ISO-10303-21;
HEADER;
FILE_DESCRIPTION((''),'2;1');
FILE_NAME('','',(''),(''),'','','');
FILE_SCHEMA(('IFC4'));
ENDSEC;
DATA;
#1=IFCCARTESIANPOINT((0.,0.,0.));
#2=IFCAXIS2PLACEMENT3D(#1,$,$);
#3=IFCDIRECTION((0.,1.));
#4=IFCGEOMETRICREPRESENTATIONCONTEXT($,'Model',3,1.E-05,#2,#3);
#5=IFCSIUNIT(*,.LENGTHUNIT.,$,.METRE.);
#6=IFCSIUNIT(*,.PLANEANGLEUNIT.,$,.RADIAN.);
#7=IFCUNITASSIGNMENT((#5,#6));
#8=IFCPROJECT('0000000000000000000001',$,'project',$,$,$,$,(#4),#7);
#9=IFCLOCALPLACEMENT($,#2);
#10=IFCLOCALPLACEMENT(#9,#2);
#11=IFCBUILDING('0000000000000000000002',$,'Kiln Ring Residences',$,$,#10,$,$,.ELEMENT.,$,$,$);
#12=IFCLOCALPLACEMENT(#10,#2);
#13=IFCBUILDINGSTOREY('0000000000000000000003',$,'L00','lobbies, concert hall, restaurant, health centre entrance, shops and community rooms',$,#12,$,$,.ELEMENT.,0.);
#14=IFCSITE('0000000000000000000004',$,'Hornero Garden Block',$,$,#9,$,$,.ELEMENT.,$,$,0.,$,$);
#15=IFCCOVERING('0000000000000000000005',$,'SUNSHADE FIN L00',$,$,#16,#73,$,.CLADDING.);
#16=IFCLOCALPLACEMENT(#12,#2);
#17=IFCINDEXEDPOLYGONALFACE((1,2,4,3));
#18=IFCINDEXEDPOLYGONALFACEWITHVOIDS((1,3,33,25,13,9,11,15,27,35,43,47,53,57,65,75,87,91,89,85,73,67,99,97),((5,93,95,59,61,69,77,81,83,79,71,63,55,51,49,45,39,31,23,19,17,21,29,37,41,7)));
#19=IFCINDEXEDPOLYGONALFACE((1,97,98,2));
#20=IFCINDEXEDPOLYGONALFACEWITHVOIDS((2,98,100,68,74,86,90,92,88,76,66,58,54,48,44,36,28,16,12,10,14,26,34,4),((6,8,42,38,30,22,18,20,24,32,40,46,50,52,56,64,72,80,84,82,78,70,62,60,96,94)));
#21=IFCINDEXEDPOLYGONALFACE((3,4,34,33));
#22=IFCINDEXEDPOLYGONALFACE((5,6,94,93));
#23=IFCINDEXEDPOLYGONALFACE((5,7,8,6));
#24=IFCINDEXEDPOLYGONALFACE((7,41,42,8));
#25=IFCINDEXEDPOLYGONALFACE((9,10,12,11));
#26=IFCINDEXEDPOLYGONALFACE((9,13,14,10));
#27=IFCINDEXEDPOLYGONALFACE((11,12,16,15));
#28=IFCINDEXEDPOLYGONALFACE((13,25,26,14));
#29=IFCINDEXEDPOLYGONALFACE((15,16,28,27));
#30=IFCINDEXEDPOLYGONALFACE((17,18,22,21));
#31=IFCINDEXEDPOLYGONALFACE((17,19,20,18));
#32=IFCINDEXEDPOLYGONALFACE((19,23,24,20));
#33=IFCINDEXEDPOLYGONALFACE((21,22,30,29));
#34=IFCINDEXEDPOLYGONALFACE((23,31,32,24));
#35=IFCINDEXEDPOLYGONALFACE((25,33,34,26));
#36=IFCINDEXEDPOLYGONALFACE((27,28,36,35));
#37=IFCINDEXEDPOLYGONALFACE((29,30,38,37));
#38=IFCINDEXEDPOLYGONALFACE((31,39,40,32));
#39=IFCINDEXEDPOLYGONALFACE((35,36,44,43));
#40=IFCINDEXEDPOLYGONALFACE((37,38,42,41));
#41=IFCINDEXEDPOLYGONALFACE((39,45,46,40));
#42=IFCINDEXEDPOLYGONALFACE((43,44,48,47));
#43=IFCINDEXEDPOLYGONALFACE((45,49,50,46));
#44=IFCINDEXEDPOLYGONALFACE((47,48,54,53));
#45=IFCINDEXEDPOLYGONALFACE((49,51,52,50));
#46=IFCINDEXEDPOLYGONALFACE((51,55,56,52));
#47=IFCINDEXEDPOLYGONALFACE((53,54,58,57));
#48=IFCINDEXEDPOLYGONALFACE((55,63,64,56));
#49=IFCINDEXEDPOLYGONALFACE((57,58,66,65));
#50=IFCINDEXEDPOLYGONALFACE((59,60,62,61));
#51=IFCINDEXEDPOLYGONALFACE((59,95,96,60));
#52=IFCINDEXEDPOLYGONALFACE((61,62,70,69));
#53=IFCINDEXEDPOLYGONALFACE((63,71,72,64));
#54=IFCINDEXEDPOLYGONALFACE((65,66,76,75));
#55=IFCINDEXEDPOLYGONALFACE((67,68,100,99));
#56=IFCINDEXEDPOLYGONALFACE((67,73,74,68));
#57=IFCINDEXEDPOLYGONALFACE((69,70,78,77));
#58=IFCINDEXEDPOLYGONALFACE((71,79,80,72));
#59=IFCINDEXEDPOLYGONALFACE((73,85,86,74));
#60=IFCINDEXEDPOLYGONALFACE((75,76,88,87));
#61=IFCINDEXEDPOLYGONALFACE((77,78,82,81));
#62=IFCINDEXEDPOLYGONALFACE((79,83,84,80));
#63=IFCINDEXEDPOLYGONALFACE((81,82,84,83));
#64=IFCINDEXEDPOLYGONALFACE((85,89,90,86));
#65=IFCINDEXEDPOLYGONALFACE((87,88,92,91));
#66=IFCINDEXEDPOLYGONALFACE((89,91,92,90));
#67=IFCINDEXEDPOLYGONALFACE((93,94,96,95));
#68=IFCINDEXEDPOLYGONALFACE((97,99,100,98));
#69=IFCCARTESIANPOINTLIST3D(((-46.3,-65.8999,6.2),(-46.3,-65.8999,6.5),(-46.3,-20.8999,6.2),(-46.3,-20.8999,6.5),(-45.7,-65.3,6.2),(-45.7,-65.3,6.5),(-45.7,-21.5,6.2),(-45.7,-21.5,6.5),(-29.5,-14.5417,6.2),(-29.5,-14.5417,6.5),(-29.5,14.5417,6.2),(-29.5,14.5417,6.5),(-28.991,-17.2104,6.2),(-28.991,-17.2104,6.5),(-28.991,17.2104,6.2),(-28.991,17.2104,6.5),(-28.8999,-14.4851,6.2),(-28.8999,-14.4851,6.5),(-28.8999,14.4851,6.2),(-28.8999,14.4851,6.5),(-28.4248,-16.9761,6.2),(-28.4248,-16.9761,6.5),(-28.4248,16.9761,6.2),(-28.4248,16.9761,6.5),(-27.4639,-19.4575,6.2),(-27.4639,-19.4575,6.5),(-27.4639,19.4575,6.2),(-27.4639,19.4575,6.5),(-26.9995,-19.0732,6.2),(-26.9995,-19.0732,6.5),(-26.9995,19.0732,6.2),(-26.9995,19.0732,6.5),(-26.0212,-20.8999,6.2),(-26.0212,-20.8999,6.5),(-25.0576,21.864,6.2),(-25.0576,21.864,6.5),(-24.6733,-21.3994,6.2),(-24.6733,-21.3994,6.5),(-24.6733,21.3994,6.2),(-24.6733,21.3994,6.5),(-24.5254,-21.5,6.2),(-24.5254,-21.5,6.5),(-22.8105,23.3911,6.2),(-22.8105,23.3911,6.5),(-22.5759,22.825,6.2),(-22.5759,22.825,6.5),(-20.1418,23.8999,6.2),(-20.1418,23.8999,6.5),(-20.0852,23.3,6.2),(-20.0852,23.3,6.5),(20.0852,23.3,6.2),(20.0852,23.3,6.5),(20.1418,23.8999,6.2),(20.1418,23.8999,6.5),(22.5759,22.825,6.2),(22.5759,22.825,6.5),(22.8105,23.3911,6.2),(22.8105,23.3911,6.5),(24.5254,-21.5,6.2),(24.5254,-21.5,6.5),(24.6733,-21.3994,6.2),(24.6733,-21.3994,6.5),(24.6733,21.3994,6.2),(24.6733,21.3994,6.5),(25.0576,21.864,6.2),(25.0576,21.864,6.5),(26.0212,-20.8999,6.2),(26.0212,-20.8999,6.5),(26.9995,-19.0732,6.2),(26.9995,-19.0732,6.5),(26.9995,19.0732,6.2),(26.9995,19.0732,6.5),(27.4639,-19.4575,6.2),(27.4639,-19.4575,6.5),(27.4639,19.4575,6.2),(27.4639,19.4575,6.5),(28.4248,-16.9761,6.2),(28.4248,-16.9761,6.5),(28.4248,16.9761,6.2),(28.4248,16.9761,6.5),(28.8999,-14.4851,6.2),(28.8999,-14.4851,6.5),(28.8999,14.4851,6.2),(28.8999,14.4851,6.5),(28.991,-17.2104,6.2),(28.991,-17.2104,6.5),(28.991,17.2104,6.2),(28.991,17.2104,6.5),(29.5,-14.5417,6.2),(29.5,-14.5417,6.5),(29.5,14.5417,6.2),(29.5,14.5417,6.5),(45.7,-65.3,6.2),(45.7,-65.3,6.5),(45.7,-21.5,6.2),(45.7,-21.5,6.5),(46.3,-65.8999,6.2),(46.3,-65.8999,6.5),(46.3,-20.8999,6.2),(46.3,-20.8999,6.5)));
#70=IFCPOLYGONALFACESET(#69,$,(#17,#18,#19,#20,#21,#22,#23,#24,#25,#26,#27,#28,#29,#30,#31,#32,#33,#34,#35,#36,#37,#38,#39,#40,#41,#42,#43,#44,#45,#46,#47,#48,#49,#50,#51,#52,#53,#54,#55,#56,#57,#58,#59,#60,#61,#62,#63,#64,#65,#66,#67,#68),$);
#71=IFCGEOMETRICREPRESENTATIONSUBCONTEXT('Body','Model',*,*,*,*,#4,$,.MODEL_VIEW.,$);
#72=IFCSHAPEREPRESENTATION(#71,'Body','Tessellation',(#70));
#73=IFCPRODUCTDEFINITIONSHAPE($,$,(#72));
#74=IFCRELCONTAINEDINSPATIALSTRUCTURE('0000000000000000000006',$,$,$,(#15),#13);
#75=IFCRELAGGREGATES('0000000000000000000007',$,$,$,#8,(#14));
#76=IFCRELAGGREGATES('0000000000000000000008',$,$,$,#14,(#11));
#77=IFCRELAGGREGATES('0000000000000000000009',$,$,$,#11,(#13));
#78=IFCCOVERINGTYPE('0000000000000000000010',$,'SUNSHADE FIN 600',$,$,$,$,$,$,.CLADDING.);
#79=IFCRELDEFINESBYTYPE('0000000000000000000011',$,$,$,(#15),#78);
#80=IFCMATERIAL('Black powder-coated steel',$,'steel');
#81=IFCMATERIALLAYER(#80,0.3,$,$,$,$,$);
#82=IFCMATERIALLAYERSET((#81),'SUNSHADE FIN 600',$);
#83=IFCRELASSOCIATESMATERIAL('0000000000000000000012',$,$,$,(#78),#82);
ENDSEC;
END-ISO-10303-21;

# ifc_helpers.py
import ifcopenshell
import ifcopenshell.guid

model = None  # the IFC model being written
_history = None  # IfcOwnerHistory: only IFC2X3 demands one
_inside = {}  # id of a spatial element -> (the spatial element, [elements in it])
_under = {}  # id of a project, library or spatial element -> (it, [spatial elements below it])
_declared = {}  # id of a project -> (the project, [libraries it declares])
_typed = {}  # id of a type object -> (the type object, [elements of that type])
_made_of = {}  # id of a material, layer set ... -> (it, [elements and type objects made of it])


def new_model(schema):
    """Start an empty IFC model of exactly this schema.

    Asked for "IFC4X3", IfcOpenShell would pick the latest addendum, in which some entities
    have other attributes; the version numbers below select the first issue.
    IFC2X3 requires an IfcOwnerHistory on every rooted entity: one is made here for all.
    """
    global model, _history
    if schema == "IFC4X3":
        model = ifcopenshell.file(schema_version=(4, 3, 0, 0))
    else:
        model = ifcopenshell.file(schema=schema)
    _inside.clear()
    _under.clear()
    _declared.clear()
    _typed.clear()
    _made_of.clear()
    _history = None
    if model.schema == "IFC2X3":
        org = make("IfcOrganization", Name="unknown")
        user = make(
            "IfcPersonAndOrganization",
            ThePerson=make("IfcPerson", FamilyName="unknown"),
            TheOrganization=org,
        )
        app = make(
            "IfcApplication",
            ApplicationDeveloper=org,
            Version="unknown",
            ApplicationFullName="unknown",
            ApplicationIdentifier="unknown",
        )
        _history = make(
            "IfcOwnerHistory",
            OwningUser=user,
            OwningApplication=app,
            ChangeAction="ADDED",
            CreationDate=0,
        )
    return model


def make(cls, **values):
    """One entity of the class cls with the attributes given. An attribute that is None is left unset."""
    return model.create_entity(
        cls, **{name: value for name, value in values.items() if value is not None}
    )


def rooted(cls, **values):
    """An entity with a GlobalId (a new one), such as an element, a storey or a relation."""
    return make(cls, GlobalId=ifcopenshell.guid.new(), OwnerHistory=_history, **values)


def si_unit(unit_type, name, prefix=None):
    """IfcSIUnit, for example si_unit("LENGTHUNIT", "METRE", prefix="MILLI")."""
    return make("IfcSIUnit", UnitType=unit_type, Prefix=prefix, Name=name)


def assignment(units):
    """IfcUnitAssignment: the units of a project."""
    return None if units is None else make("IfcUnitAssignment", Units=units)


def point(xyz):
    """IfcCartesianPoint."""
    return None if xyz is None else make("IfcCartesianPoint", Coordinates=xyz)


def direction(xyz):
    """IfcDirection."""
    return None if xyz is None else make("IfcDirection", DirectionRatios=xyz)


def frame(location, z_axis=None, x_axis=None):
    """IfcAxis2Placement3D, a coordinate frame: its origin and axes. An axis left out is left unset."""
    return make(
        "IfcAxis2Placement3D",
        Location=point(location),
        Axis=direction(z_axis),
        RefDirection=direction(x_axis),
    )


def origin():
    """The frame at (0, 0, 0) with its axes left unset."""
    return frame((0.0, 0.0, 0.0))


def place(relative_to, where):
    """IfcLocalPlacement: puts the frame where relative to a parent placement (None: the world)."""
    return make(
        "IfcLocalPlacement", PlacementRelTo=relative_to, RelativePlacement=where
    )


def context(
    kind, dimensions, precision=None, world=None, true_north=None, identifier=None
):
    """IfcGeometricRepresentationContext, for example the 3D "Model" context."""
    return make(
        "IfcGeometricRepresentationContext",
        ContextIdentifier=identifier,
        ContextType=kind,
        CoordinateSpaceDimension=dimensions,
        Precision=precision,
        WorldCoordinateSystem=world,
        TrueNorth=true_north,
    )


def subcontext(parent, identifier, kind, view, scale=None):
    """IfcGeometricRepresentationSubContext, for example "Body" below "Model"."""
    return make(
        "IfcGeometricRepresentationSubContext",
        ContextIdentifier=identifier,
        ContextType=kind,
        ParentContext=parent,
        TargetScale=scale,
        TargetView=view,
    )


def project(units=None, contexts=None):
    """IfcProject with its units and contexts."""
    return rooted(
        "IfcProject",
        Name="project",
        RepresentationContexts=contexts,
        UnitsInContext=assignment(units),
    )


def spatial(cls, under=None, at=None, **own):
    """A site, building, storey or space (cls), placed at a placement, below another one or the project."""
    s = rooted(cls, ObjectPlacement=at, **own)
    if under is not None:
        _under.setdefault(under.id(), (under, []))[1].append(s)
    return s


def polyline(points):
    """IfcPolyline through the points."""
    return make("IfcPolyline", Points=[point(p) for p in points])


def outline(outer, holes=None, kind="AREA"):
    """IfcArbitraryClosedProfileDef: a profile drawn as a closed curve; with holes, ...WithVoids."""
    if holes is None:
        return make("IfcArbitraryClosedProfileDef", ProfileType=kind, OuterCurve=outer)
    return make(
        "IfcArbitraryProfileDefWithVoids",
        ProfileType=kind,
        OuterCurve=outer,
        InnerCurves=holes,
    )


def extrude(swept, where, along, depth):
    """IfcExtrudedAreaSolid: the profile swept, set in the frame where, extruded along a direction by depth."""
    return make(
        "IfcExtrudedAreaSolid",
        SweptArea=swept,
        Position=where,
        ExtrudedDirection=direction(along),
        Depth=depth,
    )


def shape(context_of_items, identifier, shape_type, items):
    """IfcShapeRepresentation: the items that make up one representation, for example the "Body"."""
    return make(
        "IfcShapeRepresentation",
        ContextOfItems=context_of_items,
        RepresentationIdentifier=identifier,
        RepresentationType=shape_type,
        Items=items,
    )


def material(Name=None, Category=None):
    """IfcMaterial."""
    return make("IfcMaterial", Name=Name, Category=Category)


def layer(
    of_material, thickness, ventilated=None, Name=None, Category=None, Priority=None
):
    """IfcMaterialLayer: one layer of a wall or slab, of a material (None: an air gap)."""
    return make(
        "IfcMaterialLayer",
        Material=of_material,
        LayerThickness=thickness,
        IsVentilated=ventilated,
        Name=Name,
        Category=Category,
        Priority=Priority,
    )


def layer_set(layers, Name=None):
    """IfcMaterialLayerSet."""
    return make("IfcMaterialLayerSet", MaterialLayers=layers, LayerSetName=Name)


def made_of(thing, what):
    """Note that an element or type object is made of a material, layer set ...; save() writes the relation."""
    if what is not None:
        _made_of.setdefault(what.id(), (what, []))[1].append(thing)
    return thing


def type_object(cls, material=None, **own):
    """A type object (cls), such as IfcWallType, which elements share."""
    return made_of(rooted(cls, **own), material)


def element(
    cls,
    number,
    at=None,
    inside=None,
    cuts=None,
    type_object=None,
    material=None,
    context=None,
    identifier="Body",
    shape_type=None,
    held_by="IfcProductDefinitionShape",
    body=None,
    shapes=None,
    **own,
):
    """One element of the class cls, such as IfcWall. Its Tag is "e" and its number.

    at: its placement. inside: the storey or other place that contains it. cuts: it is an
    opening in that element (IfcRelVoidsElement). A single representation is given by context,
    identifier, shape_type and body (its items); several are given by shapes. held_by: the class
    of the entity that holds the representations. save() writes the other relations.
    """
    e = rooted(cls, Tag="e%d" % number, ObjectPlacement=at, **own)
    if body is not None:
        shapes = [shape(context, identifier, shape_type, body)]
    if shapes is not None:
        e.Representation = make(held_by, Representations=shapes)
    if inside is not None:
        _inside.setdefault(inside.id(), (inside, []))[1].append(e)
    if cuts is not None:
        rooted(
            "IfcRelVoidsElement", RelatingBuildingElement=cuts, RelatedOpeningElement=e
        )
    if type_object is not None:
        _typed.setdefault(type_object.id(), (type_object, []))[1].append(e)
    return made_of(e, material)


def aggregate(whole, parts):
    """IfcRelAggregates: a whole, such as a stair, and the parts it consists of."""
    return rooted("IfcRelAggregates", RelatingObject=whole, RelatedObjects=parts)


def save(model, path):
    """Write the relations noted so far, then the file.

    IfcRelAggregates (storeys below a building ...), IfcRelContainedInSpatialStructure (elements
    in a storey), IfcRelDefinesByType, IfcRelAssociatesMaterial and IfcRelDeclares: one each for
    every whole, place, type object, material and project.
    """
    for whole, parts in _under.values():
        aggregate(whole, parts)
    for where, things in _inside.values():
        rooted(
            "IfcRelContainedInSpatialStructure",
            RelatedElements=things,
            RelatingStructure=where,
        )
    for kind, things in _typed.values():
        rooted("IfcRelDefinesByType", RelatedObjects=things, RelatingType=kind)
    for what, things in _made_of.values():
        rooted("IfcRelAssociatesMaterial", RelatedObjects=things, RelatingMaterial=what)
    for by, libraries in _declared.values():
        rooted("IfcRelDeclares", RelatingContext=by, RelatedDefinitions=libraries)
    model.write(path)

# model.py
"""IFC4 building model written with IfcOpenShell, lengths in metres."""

from ifc_helpers import new_model, si_unit, direction, frame, origin, place, context, subcontext, project, spatial, polyline, outline, extrude, material, layer, layer_set, type_object, element, save


model = new_model("IFC4")

# Units and contexts
model_context = context("Model", 3, precision=1e-05, world=origin(), true_north=direction((0.0, 1.0)))
body_context = subcontext(model_context, "Body", "Model", "MODEL_VIEW")
ifc_project = project(units=[si_unit("LENGTHUNIT", "METRE"), si_unit("PLANEANGLEUNIT", "RADIAN")], contexts=[model_context])

# Site, building, storey
site_placement = place(None, origin())
site = spatial("IfcSite", under=ifc_project, at=site_placement, Name="Hornero Garden Block", CompositionType="ELEMENT", RefElevation=0.0)
building_placement = place(site_placement, origin())
building = spatial("IfcBuilding", under=site, at=building_placement, Name="Kiln Ring Residences", CompositionType="ELEMENT")
storey_placement = place(building_placement, origin())
storey = spatial("IfcBuildingStorey", under=building, at=storey_placement, Name="L00", Description="lobbies, concert hall, restaurant, health centre entrance, shops and community rooms", CompositionType="ELEMENT", Elevation=0.0)

# Covering
ifc_material_1 = material(Name="Black powder-coated steel", Category="steel")
ifc_layer_1 = layer(ifc_material_1, 0.3)
ifc_layer_set_1 = layer_set([ifc_layer_1], Name="SUNSHADE FIN 600")
covering_type = type_object("IfcCoveringType", Name="SUNSHADE FIN 600", PredefinedType="CLADDING", material=ifc_layer_set_1)
covering_placement = place(storey_placement, frame((0.0, 0.0, 6.2)))
element("IfcCovering", 1, at=covering_placement, inside=storey, type_object=covering_type, Name="SUNSHADE FIN L00", PredefinedType="CLADDING", context=body_context, shape_type="SweptSolid", body=[
    extrude(outline(polyline([(-27.4639, -19.4575), (-26.0212, -20.8999), (-46.3, -20.8999), (-46.3, -65.8999), (46.3, -65.8999), (46.3, -20.8999), (26.0212, -20.8999), (27.4639, -19.4575), (28.991, -17.2104), (29.5, -14.5417), (29.5, 14.5417), (28.991, 17.2104), (27.4639, 19.4575), (25.0576, 21.864), (22.8105, 23.3911), (20.1418, 23.8999), (-20.1418, 23.8999), (-22.8105, 23.3911), (-25.0576, 21.864), (-27.4639, 19.4575), (-28.991, 17.2104), (-29.5, 14.5417), (-29.5, -14.5417), (-28.991, -17.2104), (-27.4639, -19.4575)]), holes=[polyline([(-45.7, -21.5), (-24.5254, -21.5), (-24.6733, -21.3994), (-26.9995, -19.0732), (-28.4248, -16.9761), (-28.8999, -14.4851), (-28.8999, 14.4851), (-28.4248, 16.9761), (-26.9995, 19.0732), (-24.6733, 21.3994), (-22.5759, 22.825), (-20.0852, 23.3), (20.0852, 23.3), (22.5759, 22.825), (24.6733, 21.3994), (26.9995, 19.0732), (28.4248, 16.9761), (28.8999, 14.4851), (28.8999, -14.4851), (28.4248, -16.9761), (26.9995, -19.0732), (24.6733, -21.3994), (24.5254, -21.5), (45.7, -21.5), (45.7, -65.3), (-45.7, -65.3), (-45.7, -21.5)])]), origin(), (0.0, 0.0, 1.0), 0.3),
])

save(model, "model.ifc")
